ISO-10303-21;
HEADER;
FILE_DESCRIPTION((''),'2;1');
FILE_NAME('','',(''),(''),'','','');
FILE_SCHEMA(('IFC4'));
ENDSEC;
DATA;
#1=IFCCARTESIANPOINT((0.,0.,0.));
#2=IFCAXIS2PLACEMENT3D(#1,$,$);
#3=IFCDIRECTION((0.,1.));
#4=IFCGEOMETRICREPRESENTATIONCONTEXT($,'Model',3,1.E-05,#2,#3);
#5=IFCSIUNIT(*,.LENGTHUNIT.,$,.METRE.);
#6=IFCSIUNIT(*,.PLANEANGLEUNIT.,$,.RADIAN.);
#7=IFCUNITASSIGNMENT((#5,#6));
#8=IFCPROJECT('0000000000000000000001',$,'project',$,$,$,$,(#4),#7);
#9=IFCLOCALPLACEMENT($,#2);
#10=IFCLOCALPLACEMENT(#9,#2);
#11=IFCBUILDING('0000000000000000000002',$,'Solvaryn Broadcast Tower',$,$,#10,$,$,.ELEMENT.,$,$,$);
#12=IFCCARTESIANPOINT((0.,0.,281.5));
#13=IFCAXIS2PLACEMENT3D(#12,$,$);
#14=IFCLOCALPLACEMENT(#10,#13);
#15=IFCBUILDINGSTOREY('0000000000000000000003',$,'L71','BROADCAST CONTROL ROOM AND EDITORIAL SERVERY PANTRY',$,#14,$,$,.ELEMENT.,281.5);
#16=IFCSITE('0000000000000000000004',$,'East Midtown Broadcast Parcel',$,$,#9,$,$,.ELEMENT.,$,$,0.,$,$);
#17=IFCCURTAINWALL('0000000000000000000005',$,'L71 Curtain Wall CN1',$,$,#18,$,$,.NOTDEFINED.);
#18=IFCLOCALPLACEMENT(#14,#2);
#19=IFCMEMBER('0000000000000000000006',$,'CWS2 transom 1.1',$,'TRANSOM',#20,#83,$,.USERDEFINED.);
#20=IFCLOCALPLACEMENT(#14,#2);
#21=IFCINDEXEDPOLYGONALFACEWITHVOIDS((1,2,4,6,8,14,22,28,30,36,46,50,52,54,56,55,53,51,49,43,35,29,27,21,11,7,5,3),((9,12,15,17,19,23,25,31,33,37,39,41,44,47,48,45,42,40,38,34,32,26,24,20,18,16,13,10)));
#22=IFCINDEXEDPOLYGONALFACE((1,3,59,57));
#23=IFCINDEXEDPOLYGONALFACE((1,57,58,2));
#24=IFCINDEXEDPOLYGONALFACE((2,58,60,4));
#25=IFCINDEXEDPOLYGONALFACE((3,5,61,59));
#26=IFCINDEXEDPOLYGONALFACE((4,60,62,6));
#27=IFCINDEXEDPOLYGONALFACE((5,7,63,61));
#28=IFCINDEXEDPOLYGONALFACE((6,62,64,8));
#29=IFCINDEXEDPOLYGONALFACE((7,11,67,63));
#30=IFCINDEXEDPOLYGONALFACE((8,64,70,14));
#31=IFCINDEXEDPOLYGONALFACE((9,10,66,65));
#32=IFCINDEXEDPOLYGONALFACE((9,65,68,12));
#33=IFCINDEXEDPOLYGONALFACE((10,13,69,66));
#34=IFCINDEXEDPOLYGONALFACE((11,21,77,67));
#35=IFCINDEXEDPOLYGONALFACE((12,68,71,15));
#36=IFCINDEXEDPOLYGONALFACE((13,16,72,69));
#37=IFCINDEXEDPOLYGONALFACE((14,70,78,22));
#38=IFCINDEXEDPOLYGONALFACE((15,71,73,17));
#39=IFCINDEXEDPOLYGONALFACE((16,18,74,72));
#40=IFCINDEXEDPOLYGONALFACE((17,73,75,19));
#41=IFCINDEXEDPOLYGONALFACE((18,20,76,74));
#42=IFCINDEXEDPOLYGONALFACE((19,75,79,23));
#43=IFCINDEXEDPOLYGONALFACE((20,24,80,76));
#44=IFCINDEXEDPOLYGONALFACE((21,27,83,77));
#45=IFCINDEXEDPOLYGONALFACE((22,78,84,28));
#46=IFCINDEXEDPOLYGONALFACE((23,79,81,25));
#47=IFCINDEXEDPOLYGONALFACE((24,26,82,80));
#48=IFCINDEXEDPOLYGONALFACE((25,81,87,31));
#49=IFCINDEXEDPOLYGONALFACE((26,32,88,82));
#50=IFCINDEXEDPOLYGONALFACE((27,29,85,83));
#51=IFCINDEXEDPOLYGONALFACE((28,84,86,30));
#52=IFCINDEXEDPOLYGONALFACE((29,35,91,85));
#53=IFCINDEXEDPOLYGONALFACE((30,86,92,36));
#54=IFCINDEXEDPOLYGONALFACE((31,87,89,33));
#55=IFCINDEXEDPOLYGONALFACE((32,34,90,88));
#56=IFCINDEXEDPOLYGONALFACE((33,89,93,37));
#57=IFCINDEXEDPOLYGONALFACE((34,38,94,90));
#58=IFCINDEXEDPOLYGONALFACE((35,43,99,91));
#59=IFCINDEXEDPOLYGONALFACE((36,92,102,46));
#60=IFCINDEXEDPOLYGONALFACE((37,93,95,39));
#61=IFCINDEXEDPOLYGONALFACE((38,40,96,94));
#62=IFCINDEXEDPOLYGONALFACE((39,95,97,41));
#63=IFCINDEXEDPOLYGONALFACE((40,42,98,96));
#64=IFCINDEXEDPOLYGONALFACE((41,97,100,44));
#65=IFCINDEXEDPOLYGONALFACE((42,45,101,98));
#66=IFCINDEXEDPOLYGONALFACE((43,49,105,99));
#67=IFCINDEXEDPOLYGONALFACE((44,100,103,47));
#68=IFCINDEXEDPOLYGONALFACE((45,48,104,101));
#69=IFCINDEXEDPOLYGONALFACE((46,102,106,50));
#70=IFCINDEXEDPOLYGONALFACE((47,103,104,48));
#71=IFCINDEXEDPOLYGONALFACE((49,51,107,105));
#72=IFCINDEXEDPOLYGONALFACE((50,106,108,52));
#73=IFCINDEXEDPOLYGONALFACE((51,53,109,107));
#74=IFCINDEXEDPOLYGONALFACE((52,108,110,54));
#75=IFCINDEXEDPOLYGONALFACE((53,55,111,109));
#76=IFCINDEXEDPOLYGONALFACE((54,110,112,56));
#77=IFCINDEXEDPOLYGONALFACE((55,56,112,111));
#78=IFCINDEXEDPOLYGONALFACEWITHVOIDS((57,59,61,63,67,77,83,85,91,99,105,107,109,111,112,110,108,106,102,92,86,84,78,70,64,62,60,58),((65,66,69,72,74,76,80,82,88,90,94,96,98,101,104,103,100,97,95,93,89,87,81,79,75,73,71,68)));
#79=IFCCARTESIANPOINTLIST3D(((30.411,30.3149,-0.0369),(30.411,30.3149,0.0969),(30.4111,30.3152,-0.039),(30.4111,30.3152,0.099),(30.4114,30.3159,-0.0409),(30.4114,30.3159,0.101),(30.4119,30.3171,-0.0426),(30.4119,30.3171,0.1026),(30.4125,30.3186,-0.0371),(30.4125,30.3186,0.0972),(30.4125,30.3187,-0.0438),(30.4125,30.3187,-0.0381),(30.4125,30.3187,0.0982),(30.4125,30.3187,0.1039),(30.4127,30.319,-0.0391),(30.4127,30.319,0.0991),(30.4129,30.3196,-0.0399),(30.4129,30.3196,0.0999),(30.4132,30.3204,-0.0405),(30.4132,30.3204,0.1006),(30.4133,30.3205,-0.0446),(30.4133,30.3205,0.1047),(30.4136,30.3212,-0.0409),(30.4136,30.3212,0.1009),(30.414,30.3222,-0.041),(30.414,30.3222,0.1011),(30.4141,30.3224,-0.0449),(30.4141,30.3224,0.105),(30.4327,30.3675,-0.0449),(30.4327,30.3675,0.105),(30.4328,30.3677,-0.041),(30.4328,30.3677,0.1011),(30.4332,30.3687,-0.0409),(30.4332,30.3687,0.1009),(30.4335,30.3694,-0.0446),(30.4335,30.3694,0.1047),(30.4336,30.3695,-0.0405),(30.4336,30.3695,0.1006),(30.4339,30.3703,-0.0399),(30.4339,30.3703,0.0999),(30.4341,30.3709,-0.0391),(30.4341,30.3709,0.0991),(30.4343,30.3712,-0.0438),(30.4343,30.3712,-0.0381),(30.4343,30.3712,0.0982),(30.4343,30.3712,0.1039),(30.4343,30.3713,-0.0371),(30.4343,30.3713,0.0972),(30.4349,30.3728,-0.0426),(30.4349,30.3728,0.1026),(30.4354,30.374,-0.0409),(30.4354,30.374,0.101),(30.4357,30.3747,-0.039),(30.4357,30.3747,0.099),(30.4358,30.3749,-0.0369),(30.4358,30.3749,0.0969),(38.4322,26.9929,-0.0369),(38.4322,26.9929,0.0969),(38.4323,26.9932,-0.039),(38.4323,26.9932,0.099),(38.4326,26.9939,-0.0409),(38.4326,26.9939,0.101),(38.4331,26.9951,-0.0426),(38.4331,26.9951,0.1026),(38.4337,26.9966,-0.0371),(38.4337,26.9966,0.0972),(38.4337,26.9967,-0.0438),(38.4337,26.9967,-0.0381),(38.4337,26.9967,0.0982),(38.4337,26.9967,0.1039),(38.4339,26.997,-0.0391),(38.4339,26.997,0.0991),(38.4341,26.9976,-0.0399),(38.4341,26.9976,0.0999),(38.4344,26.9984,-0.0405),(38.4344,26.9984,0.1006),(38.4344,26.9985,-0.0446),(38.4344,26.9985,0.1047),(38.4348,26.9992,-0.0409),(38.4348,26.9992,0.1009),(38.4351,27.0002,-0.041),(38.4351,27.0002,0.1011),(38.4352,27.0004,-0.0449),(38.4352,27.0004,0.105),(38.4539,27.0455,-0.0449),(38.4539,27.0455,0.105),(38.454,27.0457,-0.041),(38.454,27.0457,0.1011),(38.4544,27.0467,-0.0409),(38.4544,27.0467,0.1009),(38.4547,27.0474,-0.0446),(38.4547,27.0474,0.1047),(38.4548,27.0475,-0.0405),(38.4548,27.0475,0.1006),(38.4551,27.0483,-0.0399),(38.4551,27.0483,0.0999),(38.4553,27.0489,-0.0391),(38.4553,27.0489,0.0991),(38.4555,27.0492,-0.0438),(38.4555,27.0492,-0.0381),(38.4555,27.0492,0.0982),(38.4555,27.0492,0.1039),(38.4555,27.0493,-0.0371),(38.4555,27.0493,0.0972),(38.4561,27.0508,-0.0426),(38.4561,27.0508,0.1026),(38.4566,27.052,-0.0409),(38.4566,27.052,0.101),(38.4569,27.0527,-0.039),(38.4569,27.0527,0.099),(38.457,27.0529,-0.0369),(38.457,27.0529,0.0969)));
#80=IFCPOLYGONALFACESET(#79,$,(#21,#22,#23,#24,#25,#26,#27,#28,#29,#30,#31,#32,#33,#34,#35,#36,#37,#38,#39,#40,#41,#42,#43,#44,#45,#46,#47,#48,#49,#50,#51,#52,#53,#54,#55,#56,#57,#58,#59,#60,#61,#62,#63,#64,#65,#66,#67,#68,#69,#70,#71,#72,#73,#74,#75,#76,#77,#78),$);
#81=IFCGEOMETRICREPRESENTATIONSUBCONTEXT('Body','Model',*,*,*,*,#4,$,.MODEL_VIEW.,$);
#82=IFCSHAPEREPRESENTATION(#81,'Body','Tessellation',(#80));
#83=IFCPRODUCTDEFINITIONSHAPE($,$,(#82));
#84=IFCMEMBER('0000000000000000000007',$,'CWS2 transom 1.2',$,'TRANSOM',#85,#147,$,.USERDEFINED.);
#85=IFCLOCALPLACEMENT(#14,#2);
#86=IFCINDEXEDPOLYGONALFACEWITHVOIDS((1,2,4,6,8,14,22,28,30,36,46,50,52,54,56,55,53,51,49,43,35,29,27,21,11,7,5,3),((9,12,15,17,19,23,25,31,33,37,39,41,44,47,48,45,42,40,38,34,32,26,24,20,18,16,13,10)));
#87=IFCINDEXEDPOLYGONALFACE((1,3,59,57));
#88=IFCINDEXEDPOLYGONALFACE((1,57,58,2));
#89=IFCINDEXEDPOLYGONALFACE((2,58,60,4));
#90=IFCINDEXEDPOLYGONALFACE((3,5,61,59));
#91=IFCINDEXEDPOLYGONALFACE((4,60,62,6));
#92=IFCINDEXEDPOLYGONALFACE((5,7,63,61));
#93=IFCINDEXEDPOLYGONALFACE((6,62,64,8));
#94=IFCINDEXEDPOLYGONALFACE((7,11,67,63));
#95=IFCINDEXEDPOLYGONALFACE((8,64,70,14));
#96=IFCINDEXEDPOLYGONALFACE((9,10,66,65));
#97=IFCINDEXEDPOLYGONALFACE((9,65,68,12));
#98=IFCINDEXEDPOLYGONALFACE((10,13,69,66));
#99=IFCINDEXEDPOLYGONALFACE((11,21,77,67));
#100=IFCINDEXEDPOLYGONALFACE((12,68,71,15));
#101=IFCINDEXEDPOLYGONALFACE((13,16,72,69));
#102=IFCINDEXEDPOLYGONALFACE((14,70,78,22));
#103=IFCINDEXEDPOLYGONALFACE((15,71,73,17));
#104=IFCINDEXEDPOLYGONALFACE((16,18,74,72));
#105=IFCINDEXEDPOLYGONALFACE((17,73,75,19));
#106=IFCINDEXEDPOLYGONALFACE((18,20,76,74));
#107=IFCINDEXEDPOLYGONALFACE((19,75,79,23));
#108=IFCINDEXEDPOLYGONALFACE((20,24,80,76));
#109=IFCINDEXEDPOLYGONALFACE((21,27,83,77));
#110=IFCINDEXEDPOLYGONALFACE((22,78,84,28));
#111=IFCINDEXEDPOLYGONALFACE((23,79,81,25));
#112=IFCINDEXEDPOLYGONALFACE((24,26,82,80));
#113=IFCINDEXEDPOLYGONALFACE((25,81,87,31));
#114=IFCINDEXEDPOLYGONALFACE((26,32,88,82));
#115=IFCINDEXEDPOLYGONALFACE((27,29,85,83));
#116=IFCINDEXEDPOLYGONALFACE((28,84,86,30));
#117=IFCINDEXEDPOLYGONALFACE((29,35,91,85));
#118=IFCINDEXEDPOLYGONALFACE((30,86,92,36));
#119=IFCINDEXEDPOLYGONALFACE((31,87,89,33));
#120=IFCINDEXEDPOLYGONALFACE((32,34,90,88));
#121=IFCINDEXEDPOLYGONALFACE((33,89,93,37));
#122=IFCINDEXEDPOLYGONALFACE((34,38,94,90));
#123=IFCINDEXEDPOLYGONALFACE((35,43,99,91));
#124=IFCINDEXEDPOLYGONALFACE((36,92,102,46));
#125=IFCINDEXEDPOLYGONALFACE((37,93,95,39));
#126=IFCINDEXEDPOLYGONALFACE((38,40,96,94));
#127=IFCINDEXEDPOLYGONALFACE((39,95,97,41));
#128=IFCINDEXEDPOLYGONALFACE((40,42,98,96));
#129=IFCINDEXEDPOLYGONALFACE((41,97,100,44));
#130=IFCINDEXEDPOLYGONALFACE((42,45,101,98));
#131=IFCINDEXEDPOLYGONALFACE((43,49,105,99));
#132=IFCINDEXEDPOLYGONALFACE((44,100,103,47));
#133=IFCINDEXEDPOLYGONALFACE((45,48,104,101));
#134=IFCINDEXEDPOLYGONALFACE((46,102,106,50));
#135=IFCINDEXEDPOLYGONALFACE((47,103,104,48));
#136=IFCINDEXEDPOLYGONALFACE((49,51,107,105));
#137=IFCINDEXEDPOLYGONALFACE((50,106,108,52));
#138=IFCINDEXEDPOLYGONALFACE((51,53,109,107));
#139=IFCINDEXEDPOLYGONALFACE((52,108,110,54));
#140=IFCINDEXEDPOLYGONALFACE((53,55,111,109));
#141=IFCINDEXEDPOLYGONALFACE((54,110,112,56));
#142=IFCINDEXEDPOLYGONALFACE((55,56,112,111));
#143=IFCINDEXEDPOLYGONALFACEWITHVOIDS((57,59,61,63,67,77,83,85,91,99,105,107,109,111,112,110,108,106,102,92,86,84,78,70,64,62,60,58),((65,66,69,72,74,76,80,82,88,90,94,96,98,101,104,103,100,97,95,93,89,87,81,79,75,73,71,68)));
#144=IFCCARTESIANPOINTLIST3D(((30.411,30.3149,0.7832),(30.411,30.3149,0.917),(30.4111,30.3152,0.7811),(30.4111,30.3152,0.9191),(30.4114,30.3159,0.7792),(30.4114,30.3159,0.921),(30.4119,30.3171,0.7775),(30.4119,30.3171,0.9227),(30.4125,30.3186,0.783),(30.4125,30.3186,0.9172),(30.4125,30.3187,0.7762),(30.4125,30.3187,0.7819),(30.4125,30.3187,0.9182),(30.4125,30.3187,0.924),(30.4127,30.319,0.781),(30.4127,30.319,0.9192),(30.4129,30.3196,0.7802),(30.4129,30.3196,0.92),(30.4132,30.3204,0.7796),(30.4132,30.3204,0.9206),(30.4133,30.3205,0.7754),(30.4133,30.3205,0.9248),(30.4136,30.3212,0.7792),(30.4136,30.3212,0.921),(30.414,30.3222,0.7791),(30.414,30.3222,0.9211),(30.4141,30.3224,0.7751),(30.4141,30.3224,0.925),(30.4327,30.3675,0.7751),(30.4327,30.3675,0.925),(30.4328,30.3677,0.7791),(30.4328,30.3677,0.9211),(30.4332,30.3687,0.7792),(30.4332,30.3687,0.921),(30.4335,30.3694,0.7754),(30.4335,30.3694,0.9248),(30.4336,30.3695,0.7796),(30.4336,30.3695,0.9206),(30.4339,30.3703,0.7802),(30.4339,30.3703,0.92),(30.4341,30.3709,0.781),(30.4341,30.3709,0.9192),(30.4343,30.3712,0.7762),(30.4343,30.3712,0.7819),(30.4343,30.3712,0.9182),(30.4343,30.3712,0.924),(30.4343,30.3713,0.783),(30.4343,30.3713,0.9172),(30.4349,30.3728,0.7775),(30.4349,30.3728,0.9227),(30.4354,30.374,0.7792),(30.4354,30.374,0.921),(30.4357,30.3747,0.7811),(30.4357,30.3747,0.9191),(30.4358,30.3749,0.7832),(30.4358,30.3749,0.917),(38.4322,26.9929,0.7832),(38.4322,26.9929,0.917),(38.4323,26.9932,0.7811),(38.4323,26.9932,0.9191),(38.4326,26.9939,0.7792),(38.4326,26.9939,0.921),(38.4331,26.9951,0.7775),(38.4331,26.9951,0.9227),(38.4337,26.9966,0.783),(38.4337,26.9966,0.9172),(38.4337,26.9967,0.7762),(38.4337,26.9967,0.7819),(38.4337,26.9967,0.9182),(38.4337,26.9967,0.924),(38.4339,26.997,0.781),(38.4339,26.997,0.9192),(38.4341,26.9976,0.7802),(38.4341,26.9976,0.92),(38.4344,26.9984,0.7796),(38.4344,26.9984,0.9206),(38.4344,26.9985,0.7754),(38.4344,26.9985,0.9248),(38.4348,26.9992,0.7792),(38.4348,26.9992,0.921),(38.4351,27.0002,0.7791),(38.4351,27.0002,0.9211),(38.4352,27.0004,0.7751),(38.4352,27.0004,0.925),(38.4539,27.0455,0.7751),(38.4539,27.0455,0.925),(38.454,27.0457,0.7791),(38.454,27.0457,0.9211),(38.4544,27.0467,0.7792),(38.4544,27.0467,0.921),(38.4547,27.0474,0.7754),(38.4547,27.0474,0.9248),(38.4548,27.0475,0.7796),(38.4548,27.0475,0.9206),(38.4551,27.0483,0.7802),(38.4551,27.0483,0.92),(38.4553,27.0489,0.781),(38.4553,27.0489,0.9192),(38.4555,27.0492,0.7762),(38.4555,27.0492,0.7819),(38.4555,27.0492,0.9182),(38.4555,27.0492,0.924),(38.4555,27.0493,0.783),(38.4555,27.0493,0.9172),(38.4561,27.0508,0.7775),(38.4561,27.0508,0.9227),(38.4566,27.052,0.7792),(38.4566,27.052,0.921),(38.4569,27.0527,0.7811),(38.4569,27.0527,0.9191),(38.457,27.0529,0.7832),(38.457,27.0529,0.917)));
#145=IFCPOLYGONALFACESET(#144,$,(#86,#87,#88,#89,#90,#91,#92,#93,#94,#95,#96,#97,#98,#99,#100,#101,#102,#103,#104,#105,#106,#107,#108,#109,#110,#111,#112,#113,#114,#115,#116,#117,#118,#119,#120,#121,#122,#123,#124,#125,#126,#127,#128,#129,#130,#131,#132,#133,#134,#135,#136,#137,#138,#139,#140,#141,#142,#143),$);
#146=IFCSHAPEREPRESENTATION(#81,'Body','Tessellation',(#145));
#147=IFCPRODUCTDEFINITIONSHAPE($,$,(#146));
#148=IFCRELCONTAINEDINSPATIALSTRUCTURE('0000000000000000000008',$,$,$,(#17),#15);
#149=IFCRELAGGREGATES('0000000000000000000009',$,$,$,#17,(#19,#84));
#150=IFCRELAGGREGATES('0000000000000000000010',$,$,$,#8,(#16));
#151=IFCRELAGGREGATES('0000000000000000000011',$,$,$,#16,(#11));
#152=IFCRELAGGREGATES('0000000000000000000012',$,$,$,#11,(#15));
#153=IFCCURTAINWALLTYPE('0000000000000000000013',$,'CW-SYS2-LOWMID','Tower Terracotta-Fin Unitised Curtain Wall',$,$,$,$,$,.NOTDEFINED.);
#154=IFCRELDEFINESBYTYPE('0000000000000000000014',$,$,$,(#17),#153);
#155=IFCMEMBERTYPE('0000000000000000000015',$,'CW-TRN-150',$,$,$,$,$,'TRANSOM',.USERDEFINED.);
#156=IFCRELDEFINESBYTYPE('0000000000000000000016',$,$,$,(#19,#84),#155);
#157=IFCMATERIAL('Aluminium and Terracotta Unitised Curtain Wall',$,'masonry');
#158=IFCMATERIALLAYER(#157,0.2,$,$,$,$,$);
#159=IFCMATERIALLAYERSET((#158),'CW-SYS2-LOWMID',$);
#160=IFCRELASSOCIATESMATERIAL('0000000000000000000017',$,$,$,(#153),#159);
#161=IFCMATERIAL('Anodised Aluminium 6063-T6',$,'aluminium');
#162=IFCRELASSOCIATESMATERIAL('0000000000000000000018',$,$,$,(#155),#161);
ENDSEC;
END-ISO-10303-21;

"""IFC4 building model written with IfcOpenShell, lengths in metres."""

from ifc_helpers import new_model, si_unit, direction, frame, origin, origin_2d, place, context, subcontext, project, spatial, hollow_rectangle, extrude, material, layer, layer_set, material_profile, profile_set, type_object, element, aggregate, save


model = new_model("IFC4")

# Units and contexts
model_context = context("Model", 3, precision=1e-05, world=origin(), true_north=direction((0.0, 1.0)))
body_context = subcontext(model_context, "Body", "Model", "MODEL_VIEW")
ifc_project = project(units=[si_unit("LENGTHUNIT", "METRE"), si_unit("PLANEANGLEUNIT", "RADIAN")], contexts=[model_context])

# Site, building, storey
site_placement = place(None, origin())
site = spatial("IfcSite", under=ifc_project, at=site_placement, Name="East Midtown Broadcast Parcel", CompositionType="ELEMENT", RefElevation=0.0)
building_placement = place(site_placement, origin())
building = spatial("IfcBuilding", under=site, at=building_placement, Name="Solvaryn Broadcast Tower", CompositionType="ELEMENT")
storey_placement = place(building_placement, frame((0.0, 0.0, 281.5)))
storey = spatial("IfcBuildingStorey", under=building, at=storey_placement, Name="L71", Description="BROADCAST CONTROL ROOM AND EDITORIAL SERVERY PANTRY", CompositionType="ELEMENT", Elevation=281.5)

# Curtain wall
ifc_material_1 = material(Name="Aluminium and Terracotta Unitised Curtain Wall", Category="masonry")
ifc_layer_1 = layer(ifc_material_1, 0.2)
ifc_layer_set_1 = layer_set([ifc_layer_1], Name="CW-SYS2-LOWMID")
curtain_wall_type = type_object("IfcCurtainWallType", Name="CW-SYS2-LOWMID", Description="Tower Terracotta-Fin Unitised Curtain Wall", PredefinedType="NOTDEFINED", material=ifc_layer_set_1)
curtain_wall_1_placement = place(storey_placement, origin())
curtain_wall_1 = element("IfcCurtainWall", 1, at=curtain_wall_1_placement, inside=storey, type_object=curtain_wall_type, Name="L71 Curtain Wall CN1", PredefinedType="NOTDEFINED")

# Members
ifc_material_2 = material(Name="Anodised Aluminium 6063-T6", Category="aluminium")
ifc_material_profile_1 = material_profile(ifc_material_2, hollow_rectangle(XDim=0.0649, YDim=0.1499, WallThickness=0.0039, InnerFilletRadius=0.0039, OuterFilletRadius=0.0081, at=origin_2d()))
ifc_profile_set_1 = profile_set([ifc_material_profile_1], Name="Anodised Aluminium 6063-T6")
member_type_1 = type_object("IfcMemberType", Name="CW-TRN-150", ElementType="TRANSOM", PredefinedType="USERDEFINED", material=ifc_profile_set_1)
member_1_placement = place(storey_placement, frame((38.4446, 27.0229, 0.03), z_axis=(-0.923899, 0.382636, 0.0), x_axis=(-0.382636, -0.923899, 0.0)))
member_1 = element("IfcMember", 2, at=member_1_placement, type_object=member_type_1, Name="CWS2 transom 1.1", ObjectType="TRANSOM", PredefinedType="USERDEFINED", context=body_context, shape_type="SweptSolid", body=[
    extrude(hollow_rectangle(XDim=0.0649, YDim=0.1499, WallThickness=0.0039, InnerFilletRadius=0.0039, OuterFilletRadius=0.0081, at=origin_2d()), origin(), (0.0, 0.0, 1.0), 8.6819),
])
member_2_placement = place(storey_placement, frame((38.4446, 27.0229, 0.8501), z_axis=(-0.923899, 0.382636, 0.0), x_axis=(-0.382636, -0.923899, 0.0)))
member_2 = element("IfcMember", 3, at=member_2_placement, type_object=member_type_1, Name="CWS2 transom 1.2", ObjectType="TRANSOM", PredefinedType="USERDEFINED", context=body_context, shape_type="SweptSolid", body=[
    extrude(hollow_rectangle(XDim=0.0649, YDim=0.1499, WallThickness=0.0039, InnerFilletRadius=0.0039, OuterFilletRadius=0.0081, at=origin_2d()), origin(), (0.0, 0.0, 1.0), 8.6819),
])

aggregate(curtain_wall_1, [member_1, member_2])

save(model, "model.ifc")
